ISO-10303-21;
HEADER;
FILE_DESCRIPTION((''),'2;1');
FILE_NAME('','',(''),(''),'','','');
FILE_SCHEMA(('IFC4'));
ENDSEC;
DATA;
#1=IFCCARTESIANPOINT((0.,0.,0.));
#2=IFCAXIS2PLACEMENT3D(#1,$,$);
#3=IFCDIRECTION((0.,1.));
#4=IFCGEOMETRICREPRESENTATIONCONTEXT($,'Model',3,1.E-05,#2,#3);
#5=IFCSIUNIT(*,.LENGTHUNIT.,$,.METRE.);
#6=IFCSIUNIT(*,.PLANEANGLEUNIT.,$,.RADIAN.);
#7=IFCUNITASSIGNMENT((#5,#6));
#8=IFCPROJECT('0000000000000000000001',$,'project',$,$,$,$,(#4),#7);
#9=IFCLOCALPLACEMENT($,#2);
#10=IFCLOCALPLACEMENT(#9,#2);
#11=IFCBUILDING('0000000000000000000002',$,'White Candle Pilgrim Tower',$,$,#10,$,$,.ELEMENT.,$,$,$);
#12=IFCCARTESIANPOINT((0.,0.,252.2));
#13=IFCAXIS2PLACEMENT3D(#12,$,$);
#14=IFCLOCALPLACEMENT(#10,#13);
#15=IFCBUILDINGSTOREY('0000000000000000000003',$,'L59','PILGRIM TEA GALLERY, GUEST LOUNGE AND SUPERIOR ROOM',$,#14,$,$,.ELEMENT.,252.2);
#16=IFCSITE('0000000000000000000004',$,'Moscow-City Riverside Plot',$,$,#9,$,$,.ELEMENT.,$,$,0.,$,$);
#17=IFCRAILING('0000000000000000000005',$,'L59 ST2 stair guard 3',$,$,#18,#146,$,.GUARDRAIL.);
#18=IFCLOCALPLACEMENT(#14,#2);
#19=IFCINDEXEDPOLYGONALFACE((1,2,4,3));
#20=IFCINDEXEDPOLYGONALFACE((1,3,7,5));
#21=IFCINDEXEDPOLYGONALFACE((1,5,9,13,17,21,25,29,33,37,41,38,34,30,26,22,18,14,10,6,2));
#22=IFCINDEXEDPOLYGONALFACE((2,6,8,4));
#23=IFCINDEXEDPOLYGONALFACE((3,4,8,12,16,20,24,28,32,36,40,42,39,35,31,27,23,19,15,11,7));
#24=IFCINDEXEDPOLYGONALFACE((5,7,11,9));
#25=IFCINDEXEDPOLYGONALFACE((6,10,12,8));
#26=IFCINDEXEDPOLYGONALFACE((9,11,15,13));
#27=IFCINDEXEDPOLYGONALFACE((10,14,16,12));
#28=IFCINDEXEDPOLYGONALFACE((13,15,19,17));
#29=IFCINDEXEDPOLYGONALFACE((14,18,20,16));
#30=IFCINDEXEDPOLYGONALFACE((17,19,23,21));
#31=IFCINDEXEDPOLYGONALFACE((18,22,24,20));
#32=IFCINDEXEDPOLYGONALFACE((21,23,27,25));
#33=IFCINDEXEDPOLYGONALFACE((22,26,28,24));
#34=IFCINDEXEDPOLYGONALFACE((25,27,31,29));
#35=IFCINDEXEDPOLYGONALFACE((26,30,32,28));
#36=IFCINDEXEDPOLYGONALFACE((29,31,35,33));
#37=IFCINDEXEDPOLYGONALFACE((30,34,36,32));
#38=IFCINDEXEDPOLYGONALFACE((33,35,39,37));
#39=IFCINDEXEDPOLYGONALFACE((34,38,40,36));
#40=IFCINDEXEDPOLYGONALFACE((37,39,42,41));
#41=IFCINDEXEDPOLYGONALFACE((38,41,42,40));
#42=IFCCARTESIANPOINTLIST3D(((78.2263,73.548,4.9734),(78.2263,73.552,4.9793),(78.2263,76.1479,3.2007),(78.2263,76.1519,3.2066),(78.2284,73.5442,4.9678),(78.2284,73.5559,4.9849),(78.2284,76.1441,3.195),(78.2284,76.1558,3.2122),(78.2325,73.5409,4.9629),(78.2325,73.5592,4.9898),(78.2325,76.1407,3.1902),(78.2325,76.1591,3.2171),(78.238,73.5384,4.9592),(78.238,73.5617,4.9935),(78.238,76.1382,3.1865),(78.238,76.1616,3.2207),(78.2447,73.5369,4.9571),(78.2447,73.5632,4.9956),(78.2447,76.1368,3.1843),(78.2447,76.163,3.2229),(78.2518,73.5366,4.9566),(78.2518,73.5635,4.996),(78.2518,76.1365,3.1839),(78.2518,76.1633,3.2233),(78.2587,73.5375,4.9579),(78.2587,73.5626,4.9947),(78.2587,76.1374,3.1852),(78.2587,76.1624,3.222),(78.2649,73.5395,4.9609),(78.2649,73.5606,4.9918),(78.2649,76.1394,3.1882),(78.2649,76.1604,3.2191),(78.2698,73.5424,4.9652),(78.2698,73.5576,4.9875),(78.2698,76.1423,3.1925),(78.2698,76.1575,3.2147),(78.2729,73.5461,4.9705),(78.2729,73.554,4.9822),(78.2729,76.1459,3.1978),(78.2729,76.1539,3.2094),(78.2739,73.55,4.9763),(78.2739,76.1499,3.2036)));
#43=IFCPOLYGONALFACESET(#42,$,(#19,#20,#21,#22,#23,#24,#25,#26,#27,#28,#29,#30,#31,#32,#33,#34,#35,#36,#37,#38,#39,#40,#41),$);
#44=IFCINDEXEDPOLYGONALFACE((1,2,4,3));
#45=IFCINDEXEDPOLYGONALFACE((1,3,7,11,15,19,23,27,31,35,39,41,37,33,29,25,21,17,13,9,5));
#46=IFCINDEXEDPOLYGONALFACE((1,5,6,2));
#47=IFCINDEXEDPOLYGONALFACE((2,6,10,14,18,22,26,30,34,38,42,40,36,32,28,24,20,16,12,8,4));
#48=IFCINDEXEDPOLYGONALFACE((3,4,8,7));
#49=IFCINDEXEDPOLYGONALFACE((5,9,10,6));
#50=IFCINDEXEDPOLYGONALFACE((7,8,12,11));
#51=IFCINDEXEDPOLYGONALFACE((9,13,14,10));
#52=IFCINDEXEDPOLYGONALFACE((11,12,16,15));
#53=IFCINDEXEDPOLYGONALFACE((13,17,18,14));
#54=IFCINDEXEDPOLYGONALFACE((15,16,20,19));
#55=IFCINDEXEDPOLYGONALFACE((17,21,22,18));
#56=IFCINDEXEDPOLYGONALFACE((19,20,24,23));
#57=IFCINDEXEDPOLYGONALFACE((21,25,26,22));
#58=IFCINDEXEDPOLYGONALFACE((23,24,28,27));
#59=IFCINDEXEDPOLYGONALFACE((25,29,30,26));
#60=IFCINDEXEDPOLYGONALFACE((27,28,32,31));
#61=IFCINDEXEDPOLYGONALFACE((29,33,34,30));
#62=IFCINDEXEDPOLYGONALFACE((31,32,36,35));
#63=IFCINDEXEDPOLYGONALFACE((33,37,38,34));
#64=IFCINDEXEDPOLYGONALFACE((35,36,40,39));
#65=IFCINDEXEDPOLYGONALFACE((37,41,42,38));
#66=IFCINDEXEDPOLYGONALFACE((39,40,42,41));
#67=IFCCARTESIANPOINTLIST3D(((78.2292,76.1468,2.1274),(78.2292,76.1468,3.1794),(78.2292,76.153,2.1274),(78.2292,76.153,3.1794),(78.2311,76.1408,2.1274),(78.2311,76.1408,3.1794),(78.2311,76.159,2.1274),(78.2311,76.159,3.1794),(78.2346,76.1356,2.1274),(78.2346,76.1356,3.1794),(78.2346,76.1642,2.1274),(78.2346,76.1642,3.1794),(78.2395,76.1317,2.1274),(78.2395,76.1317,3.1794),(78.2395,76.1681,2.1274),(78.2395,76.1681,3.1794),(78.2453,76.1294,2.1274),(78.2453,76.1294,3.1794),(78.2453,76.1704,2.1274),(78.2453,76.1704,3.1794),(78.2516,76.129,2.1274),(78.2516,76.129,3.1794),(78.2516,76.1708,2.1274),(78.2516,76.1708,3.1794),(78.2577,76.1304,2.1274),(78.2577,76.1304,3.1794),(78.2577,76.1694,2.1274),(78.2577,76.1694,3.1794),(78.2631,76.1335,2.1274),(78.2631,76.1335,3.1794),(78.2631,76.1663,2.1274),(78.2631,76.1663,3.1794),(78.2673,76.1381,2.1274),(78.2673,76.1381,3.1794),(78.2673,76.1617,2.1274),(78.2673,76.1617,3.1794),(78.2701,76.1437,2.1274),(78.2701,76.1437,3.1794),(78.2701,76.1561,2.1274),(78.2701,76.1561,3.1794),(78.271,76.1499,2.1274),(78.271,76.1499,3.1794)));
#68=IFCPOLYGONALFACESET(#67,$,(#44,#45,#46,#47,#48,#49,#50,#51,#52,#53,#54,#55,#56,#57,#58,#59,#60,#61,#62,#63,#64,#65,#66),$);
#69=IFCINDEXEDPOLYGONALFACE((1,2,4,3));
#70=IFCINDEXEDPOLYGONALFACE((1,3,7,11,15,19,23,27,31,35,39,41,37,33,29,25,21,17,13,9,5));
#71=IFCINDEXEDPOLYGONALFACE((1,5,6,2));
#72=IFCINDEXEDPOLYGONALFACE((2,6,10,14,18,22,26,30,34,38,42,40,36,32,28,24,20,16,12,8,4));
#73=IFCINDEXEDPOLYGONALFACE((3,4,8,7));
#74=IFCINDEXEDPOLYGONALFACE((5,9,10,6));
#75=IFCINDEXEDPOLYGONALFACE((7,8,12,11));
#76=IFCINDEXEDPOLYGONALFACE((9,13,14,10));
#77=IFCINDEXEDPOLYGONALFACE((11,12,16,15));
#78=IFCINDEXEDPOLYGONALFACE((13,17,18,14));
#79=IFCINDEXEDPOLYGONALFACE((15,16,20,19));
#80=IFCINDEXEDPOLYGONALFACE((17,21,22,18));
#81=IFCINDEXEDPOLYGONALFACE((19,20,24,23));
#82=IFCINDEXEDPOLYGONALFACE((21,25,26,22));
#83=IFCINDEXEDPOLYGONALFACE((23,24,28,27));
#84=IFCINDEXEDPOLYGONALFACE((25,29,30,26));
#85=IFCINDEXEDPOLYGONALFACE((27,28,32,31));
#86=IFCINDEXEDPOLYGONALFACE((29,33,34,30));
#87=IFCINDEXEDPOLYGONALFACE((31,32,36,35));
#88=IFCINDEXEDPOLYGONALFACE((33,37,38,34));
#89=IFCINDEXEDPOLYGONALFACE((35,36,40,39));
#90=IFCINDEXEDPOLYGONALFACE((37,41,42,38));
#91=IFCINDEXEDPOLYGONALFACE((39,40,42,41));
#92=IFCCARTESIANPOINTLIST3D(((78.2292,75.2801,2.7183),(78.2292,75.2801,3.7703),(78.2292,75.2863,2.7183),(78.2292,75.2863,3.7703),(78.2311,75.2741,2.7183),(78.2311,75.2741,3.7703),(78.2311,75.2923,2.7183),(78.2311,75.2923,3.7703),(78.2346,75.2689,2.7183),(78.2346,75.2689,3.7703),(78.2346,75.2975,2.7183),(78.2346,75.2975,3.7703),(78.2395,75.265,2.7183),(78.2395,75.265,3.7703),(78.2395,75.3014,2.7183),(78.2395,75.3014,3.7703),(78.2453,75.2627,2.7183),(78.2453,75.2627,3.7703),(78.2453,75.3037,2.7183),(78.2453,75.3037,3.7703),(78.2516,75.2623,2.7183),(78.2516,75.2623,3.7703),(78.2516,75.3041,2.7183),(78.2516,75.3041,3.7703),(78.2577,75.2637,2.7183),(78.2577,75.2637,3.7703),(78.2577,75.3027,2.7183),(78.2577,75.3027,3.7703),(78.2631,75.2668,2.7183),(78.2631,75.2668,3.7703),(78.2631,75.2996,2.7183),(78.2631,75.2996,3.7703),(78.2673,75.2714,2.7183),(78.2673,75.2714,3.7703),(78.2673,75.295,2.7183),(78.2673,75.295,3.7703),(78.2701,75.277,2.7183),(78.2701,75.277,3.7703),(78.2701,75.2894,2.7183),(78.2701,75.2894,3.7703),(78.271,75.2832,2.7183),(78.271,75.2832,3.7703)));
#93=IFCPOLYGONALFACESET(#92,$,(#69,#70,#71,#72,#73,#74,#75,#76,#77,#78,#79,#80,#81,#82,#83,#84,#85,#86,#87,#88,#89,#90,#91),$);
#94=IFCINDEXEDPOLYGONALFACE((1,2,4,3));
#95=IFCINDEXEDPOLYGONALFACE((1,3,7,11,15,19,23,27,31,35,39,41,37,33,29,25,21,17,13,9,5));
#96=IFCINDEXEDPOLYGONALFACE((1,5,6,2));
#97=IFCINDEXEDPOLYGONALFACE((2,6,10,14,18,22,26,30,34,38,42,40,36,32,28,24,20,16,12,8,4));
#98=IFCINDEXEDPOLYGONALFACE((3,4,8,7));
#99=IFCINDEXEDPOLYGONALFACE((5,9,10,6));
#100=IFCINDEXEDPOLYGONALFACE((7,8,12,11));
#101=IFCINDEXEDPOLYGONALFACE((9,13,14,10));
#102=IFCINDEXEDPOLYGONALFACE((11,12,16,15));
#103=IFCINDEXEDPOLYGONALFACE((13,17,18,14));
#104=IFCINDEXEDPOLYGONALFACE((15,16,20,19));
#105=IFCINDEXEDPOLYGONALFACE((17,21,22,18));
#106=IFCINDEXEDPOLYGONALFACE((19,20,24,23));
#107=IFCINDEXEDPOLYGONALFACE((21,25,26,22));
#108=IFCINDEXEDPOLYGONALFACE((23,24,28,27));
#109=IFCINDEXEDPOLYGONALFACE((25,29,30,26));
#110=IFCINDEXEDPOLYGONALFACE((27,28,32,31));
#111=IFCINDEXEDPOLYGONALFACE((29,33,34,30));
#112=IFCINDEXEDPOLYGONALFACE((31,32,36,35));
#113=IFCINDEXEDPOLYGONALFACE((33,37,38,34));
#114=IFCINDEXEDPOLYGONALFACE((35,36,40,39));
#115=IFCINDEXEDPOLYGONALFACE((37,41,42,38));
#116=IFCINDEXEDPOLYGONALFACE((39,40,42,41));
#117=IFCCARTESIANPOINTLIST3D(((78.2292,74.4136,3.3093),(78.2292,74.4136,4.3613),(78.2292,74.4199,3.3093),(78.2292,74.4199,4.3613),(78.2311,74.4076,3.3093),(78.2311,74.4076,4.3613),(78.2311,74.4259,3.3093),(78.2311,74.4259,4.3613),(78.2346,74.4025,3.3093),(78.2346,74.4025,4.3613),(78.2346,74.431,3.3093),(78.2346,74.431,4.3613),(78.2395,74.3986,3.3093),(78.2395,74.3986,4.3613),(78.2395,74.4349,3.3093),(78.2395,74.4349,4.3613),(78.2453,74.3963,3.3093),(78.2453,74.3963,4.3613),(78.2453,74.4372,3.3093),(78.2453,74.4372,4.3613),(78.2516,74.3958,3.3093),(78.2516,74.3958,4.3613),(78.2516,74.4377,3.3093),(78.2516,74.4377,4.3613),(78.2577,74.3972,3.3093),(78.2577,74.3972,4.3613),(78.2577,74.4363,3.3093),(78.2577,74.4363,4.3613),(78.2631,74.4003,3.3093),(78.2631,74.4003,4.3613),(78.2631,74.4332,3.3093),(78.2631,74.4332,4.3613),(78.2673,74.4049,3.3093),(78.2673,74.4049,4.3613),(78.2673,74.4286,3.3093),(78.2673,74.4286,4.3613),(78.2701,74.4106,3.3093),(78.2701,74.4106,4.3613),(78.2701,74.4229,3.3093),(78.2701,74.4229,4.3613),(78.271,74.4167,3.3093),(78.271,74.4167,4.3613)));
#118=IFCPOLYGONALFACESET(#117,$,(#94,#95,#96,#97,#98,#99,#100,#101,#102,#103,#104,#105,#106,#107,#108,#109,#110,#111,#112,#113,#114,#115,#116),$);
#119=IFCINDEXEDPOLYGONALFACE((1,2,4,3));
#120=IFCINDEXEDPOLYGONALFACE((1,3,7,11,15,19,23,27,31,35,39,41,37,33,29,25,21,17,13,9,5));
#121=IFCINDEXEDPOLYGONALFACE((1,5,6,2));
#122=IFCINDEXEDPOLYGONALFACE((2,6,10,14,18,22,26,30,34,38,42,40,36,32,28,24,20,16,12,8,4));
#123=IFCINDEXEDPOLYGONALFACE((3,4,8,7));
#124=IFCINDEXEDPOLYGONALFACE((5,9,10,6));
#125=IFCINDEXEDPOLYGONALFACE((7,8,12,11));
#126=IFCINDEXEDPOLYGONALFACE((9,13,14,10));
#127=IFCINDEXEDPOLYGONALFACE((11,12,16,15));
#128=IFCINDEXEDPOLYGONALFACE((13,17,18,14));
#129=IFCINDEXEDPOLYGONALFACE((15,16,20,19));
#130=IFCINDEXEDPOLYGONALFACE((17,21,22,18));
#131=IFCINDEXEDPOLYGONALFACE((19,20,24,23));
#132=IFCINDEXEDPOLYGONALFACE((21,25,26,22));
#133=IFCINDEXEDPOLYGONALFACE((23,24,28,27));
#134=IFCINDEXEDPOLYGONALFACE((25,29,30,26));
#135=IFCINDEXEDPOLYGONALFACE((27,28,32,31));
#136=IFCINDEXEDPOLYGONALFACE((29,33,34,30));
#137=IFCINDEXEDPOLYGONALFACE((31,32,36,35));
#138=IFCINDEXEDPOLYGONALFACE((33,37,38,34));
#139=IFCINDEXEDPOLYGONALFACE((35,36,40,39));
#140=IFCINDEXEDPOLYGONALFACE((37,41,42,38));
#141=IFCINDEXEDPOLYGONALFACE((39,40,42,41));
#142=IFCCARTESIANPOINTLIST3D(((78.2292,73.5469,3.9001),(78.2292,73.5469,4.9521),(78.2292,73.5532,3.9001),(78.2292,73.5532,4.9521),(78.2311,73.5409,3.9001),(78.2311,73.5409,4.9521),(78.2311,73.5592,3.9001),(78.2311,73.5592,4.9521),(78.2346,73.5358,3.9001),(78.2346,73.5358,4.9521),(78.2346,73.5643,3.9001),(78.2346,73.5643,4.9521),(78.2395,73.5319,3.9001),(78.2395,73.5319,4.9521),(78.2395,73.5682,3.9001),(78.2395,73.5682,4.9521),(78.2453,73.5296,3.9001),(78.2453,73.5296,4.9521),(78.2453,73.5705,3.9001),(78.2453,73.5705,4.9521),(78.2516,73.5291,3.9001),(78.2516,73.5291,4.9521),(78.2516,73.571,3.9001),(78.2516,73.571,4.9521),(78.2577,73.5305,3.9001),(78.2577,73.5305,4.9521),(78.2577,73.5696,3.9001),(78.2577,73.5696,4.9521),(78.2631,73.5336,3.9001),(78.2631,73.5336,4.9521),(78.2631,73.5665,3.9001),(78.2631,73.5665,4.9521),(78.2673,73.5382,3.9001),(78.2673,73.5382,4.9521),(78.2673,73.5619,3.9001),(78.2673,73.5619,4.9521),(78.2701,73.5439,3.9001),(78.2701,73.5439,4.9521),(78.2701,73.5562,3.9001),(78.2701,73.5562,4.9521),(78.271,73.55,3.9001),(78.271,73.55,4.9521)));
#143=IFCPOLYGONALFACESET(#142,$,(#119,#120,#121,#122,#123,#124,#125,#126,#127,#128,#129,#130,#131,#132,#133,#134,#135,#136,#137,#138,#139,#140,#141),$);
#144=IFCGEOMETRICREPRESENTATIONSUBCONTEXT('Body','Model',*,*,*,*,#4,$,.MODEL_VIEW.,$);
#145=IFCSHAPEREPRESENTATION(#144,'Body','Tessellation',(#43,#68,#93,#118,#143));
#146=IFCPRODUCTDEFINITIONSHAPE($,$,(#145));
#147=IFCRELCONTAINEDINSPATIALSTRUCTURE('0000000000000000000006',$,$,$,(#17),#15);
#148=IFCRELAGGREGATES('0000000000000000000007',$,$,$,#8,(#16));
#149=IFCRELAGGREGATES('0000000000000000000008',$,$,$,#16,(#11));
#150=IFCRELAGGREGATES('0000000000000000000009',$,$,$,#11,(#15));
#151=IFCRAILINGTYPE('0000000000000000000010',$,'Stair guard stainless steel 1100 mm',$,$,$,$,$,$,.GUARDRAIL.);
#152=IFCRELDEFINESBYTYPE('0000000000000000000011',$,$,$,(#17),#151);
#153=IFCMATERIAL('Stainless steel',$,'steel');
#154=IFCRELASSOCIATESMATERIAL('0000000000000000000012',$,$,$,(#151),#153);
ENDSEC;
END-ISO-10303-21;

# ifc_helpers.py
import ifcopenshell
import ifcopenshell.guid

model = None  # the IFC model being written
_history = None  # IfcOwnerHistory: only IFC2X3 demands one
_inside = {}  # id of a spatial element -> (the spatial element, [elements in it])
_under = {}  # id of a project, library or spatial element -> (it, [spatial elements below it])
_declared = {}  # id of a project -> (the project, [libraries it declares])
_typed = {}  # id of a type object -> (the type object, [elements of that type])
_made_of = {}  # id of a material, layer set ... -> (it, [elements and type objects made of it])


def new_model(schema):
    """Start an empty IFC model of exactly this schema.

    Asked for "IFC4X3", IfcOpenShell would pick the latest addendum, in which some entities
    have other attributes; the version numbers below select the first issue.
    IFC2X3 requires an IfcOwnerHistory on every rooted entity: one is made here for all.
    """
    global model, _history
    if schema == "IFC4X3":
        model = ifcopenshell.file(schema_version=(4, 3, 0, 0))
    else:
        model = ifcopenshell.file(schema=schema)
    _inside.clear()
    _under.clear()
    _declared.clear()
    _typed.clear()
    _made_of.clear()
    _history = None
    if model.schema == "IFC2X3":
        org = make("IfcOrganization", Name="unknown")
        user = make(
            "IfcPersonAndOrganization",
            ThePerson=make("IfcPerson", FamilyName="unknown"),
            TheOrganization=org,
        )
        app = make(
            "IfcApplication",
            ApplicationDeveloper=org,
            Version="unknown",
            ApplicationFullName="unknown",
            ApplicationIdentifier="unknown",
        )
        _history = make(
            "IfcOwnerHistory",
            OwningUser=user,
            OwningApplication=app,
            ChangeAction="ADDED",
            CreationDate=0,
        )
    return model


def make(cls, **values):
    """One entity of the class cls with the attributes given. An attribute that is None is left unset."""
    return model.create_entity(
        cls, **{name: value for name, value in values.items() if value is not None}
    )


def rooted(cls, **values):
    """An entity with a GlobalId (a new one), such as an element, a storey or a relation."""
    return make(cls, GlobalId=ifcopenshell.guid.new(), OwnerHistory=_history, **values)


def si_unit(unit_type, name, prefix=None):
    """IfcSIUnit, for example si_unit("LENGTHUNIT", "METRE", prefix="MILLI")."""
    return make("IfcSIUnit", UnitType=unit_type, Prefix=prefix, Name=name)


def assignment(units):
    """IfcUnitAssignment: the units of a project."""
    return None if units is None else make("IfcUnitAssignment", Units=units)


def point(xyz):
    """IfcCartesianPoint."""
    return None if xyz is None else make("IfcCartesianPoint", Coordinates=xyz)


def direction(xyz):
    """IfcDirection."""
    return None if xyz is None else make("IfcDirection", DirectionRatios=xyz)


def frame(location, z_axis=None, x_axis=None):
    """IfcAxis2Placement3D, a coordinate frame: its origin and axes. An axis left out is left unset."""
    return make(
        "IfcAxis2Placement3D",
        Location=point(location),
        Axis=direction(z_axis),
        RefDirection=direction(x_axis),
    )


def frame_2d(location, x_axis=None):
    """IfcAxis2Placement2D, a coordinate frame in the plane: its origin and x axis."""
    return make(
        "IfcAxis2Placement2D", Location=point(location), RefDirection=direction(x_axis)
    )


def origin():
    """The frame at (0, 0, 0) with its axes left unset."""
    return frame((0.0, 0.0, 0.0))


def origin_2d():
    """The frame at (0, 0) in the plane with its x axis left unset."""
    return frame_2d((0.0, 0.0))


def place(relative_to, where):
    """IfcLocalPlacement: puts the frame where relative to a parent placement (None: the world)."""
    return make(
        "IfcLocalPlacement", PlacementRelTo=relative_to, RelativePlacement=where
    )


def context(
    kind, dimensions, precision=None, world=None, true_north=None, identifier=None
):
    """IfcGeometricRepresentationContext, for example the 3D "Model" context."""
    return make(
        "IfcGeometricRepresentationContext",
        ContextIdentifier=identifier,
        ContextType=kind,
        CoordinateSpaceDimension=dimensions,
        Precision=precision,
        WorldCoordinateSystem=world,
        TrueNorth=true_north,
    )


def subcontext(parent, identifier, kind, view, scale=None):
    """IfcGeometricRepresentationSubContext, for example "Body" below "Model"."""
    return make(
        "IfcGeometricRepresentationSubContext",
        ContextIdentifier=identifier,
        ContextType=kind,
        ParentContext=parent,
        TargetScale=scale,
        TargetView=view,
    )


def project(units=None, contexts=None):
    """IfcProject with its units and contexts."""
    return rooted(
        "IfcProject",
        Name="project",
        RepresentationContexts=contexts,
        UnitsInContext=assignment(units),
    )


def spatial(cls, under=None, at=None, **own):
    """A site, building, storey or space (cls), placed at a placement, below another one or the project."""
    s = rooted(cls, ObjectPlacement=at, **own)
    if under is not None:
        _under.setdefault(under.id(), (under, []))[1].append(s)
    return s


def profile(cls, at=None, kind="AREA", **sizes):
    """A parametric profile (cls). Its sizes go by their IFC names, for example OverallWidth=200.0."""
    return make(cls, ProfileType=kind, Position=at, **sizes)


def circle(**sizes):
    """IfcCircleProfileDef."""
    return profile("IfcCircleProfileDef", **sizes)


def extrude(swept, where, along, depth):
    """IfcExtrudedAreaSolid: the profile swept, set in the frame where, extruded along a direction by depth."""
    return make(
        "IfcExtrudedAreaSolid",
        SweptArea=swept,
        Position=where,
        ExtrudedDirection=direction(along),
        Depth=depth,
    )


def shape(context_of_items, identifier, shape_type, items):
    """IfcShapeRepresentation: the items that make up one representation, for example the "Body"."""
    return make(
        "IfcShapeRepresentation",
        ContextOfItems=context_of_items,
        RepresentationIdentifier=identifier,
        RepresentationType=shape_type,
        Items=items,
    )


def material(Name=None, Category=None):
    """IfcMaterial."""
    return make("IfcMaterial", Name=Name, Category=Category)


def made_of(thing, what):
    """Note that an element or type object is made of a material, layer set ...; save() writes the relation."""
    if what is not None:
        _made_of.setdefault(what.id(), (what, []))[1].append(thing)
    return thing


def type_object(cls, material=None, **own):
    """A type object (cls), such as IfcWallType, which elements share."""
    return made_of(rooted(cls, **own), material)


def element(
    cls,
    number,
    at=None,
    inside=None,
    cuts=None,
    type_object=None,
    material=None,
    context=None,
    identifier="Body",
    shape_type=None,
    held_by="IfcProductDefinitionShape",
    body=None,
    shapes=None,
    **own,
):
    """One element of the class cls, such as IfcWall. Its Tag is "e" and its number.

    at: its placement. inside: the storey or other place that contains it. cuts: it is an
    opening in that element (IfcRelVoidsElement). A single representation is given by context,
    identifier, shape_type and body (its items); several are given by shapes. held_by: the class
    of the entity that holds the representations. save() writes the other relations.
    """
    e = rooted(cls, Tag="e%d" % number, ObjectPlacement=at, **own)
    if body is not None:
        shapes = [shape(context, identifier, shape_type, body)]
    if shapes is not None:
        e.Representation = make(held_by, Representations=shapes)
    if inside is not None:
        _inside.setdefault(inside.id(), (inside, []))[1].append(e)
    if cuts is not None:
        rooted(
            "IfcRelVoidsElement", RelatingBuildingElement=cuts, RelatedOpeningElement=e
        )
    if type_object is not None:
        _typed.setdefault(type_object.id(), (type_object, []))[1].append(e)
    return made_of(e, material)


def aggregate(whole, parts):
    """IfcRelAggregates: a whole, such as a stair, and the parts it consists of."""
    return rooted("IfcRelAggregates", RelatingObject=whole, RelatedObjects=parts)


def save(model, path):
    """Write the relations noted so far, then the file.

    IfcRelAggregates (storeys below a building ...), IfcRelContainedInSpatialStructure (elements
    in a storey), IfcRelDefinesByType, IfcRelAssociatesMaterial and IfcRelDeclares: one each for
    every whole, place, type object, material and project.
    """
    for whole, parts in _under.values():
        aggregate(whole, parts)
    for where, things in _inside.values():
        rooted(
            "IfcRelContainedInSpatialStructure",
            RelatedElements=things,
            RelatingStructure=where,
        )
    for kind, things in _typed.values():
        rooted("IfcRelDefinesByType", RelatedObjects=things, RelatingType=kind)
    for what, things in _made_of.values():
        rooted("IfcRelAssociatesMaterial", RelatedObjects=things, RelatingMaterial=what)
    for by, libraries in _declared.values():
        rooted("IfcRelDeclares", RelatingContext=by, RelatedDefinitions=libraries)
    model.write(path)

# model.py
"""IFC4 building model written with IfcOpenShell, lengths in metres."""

from ifc_helpers import new_model, si_unit, direction, frame, origin, origin_2d, place, context, subcontext, project, spatial, circle, extrude, material, type_object, element, save


model = new_model("IFC4")

# Units and contexts
model_context = context("Model", 3, precision=1e-05, world=origin(), true_north=direction((0.0, 1.0)))
body_context = subcontext(model_context, "Body", "Model", "MODEL_VIEW")
ifc_project = project(units=[si_unit("LENGTHUNIT", "METRE"), si_unit("PLANEANGLEUNIT", "RADIAN")], contexts=[model_context])

# Site, building, storey
site_placement = place(None, origin())
site = spatial("IfcSite", under=ifc_project, at=site_placement, Name="Moscow-City Riverside Plot", CompositionType="ELEMENT", RefElevation=0.0)
building_placement = place(site_placement, origin())
building = spatial("IfcBuilding", under=site, at=building_placement, Name="White Candle Pilgrim Tower", CompositionType="ELEMENT")
storey_placement = place(building_placement, frame((0.0, 0.0, 252.2)))
storey = spatial("IfcBuildingStorey", under=building, at=storey_placement, Name="L59", Description="PILGRIM TEA GALLERY, GUEST LOUNGE AND SUPERIOR ROOM", CompositionType="ELEMENT", Elevation=252.2)

# Railing
ifc_material_1 = material(Name="Stainless steel", Category="steel")
railing_type_1 = type_object("IfcRailingType", Name="Stair guard stainless steel 1100 mm", PredefinedType="GUARDRAIL", material=ifc_material_1)
railing_1_placement = place(storey_placement, frame((78.25, 76.1499, 2.1274)))
element("IfcRailing", 1, at=railing_1_placement, inside=storey, type_object=railing_type_1, Name="L59 ST2 stair guard 3", PredefinedType="GUARDRAIL", context=body_context, shape_type="SweptSolid", body=[
    extrude(circle(Radius=0.0239, at=origin_2d()), frame((0.0, 0.0, 1.0762), z_axis=(0.0, -0.826216, 0.563354), x_axis=(1.0, 0.0, 0.0)), (0.0, 0.0, 1.0), 3.1467),
    extrude(circle(Radius=0.021, at=origin_2d()), origin(), (0.0, 0.0, 1.0), 1.052),
    extrude(circle(Radius=0.021, at=origin_2d()), frame((0.0, -0.8667, 0.5908)), (0.0, 0.0, 1.0), 1.052),
    extrude(circle(Radius=0.021, at=origin_2d()), frame((0.0, -1.7332, 1.1819)), (0.0, 0.0, 1.0), 1.052),
    extrude(circle(Radius=0.021, at=origin_2d()), frame((0.0, -2.5999, 1.7727)), (0.0, 0.0, 1.0), 1.052),
])

save(model, "model.ifc")
